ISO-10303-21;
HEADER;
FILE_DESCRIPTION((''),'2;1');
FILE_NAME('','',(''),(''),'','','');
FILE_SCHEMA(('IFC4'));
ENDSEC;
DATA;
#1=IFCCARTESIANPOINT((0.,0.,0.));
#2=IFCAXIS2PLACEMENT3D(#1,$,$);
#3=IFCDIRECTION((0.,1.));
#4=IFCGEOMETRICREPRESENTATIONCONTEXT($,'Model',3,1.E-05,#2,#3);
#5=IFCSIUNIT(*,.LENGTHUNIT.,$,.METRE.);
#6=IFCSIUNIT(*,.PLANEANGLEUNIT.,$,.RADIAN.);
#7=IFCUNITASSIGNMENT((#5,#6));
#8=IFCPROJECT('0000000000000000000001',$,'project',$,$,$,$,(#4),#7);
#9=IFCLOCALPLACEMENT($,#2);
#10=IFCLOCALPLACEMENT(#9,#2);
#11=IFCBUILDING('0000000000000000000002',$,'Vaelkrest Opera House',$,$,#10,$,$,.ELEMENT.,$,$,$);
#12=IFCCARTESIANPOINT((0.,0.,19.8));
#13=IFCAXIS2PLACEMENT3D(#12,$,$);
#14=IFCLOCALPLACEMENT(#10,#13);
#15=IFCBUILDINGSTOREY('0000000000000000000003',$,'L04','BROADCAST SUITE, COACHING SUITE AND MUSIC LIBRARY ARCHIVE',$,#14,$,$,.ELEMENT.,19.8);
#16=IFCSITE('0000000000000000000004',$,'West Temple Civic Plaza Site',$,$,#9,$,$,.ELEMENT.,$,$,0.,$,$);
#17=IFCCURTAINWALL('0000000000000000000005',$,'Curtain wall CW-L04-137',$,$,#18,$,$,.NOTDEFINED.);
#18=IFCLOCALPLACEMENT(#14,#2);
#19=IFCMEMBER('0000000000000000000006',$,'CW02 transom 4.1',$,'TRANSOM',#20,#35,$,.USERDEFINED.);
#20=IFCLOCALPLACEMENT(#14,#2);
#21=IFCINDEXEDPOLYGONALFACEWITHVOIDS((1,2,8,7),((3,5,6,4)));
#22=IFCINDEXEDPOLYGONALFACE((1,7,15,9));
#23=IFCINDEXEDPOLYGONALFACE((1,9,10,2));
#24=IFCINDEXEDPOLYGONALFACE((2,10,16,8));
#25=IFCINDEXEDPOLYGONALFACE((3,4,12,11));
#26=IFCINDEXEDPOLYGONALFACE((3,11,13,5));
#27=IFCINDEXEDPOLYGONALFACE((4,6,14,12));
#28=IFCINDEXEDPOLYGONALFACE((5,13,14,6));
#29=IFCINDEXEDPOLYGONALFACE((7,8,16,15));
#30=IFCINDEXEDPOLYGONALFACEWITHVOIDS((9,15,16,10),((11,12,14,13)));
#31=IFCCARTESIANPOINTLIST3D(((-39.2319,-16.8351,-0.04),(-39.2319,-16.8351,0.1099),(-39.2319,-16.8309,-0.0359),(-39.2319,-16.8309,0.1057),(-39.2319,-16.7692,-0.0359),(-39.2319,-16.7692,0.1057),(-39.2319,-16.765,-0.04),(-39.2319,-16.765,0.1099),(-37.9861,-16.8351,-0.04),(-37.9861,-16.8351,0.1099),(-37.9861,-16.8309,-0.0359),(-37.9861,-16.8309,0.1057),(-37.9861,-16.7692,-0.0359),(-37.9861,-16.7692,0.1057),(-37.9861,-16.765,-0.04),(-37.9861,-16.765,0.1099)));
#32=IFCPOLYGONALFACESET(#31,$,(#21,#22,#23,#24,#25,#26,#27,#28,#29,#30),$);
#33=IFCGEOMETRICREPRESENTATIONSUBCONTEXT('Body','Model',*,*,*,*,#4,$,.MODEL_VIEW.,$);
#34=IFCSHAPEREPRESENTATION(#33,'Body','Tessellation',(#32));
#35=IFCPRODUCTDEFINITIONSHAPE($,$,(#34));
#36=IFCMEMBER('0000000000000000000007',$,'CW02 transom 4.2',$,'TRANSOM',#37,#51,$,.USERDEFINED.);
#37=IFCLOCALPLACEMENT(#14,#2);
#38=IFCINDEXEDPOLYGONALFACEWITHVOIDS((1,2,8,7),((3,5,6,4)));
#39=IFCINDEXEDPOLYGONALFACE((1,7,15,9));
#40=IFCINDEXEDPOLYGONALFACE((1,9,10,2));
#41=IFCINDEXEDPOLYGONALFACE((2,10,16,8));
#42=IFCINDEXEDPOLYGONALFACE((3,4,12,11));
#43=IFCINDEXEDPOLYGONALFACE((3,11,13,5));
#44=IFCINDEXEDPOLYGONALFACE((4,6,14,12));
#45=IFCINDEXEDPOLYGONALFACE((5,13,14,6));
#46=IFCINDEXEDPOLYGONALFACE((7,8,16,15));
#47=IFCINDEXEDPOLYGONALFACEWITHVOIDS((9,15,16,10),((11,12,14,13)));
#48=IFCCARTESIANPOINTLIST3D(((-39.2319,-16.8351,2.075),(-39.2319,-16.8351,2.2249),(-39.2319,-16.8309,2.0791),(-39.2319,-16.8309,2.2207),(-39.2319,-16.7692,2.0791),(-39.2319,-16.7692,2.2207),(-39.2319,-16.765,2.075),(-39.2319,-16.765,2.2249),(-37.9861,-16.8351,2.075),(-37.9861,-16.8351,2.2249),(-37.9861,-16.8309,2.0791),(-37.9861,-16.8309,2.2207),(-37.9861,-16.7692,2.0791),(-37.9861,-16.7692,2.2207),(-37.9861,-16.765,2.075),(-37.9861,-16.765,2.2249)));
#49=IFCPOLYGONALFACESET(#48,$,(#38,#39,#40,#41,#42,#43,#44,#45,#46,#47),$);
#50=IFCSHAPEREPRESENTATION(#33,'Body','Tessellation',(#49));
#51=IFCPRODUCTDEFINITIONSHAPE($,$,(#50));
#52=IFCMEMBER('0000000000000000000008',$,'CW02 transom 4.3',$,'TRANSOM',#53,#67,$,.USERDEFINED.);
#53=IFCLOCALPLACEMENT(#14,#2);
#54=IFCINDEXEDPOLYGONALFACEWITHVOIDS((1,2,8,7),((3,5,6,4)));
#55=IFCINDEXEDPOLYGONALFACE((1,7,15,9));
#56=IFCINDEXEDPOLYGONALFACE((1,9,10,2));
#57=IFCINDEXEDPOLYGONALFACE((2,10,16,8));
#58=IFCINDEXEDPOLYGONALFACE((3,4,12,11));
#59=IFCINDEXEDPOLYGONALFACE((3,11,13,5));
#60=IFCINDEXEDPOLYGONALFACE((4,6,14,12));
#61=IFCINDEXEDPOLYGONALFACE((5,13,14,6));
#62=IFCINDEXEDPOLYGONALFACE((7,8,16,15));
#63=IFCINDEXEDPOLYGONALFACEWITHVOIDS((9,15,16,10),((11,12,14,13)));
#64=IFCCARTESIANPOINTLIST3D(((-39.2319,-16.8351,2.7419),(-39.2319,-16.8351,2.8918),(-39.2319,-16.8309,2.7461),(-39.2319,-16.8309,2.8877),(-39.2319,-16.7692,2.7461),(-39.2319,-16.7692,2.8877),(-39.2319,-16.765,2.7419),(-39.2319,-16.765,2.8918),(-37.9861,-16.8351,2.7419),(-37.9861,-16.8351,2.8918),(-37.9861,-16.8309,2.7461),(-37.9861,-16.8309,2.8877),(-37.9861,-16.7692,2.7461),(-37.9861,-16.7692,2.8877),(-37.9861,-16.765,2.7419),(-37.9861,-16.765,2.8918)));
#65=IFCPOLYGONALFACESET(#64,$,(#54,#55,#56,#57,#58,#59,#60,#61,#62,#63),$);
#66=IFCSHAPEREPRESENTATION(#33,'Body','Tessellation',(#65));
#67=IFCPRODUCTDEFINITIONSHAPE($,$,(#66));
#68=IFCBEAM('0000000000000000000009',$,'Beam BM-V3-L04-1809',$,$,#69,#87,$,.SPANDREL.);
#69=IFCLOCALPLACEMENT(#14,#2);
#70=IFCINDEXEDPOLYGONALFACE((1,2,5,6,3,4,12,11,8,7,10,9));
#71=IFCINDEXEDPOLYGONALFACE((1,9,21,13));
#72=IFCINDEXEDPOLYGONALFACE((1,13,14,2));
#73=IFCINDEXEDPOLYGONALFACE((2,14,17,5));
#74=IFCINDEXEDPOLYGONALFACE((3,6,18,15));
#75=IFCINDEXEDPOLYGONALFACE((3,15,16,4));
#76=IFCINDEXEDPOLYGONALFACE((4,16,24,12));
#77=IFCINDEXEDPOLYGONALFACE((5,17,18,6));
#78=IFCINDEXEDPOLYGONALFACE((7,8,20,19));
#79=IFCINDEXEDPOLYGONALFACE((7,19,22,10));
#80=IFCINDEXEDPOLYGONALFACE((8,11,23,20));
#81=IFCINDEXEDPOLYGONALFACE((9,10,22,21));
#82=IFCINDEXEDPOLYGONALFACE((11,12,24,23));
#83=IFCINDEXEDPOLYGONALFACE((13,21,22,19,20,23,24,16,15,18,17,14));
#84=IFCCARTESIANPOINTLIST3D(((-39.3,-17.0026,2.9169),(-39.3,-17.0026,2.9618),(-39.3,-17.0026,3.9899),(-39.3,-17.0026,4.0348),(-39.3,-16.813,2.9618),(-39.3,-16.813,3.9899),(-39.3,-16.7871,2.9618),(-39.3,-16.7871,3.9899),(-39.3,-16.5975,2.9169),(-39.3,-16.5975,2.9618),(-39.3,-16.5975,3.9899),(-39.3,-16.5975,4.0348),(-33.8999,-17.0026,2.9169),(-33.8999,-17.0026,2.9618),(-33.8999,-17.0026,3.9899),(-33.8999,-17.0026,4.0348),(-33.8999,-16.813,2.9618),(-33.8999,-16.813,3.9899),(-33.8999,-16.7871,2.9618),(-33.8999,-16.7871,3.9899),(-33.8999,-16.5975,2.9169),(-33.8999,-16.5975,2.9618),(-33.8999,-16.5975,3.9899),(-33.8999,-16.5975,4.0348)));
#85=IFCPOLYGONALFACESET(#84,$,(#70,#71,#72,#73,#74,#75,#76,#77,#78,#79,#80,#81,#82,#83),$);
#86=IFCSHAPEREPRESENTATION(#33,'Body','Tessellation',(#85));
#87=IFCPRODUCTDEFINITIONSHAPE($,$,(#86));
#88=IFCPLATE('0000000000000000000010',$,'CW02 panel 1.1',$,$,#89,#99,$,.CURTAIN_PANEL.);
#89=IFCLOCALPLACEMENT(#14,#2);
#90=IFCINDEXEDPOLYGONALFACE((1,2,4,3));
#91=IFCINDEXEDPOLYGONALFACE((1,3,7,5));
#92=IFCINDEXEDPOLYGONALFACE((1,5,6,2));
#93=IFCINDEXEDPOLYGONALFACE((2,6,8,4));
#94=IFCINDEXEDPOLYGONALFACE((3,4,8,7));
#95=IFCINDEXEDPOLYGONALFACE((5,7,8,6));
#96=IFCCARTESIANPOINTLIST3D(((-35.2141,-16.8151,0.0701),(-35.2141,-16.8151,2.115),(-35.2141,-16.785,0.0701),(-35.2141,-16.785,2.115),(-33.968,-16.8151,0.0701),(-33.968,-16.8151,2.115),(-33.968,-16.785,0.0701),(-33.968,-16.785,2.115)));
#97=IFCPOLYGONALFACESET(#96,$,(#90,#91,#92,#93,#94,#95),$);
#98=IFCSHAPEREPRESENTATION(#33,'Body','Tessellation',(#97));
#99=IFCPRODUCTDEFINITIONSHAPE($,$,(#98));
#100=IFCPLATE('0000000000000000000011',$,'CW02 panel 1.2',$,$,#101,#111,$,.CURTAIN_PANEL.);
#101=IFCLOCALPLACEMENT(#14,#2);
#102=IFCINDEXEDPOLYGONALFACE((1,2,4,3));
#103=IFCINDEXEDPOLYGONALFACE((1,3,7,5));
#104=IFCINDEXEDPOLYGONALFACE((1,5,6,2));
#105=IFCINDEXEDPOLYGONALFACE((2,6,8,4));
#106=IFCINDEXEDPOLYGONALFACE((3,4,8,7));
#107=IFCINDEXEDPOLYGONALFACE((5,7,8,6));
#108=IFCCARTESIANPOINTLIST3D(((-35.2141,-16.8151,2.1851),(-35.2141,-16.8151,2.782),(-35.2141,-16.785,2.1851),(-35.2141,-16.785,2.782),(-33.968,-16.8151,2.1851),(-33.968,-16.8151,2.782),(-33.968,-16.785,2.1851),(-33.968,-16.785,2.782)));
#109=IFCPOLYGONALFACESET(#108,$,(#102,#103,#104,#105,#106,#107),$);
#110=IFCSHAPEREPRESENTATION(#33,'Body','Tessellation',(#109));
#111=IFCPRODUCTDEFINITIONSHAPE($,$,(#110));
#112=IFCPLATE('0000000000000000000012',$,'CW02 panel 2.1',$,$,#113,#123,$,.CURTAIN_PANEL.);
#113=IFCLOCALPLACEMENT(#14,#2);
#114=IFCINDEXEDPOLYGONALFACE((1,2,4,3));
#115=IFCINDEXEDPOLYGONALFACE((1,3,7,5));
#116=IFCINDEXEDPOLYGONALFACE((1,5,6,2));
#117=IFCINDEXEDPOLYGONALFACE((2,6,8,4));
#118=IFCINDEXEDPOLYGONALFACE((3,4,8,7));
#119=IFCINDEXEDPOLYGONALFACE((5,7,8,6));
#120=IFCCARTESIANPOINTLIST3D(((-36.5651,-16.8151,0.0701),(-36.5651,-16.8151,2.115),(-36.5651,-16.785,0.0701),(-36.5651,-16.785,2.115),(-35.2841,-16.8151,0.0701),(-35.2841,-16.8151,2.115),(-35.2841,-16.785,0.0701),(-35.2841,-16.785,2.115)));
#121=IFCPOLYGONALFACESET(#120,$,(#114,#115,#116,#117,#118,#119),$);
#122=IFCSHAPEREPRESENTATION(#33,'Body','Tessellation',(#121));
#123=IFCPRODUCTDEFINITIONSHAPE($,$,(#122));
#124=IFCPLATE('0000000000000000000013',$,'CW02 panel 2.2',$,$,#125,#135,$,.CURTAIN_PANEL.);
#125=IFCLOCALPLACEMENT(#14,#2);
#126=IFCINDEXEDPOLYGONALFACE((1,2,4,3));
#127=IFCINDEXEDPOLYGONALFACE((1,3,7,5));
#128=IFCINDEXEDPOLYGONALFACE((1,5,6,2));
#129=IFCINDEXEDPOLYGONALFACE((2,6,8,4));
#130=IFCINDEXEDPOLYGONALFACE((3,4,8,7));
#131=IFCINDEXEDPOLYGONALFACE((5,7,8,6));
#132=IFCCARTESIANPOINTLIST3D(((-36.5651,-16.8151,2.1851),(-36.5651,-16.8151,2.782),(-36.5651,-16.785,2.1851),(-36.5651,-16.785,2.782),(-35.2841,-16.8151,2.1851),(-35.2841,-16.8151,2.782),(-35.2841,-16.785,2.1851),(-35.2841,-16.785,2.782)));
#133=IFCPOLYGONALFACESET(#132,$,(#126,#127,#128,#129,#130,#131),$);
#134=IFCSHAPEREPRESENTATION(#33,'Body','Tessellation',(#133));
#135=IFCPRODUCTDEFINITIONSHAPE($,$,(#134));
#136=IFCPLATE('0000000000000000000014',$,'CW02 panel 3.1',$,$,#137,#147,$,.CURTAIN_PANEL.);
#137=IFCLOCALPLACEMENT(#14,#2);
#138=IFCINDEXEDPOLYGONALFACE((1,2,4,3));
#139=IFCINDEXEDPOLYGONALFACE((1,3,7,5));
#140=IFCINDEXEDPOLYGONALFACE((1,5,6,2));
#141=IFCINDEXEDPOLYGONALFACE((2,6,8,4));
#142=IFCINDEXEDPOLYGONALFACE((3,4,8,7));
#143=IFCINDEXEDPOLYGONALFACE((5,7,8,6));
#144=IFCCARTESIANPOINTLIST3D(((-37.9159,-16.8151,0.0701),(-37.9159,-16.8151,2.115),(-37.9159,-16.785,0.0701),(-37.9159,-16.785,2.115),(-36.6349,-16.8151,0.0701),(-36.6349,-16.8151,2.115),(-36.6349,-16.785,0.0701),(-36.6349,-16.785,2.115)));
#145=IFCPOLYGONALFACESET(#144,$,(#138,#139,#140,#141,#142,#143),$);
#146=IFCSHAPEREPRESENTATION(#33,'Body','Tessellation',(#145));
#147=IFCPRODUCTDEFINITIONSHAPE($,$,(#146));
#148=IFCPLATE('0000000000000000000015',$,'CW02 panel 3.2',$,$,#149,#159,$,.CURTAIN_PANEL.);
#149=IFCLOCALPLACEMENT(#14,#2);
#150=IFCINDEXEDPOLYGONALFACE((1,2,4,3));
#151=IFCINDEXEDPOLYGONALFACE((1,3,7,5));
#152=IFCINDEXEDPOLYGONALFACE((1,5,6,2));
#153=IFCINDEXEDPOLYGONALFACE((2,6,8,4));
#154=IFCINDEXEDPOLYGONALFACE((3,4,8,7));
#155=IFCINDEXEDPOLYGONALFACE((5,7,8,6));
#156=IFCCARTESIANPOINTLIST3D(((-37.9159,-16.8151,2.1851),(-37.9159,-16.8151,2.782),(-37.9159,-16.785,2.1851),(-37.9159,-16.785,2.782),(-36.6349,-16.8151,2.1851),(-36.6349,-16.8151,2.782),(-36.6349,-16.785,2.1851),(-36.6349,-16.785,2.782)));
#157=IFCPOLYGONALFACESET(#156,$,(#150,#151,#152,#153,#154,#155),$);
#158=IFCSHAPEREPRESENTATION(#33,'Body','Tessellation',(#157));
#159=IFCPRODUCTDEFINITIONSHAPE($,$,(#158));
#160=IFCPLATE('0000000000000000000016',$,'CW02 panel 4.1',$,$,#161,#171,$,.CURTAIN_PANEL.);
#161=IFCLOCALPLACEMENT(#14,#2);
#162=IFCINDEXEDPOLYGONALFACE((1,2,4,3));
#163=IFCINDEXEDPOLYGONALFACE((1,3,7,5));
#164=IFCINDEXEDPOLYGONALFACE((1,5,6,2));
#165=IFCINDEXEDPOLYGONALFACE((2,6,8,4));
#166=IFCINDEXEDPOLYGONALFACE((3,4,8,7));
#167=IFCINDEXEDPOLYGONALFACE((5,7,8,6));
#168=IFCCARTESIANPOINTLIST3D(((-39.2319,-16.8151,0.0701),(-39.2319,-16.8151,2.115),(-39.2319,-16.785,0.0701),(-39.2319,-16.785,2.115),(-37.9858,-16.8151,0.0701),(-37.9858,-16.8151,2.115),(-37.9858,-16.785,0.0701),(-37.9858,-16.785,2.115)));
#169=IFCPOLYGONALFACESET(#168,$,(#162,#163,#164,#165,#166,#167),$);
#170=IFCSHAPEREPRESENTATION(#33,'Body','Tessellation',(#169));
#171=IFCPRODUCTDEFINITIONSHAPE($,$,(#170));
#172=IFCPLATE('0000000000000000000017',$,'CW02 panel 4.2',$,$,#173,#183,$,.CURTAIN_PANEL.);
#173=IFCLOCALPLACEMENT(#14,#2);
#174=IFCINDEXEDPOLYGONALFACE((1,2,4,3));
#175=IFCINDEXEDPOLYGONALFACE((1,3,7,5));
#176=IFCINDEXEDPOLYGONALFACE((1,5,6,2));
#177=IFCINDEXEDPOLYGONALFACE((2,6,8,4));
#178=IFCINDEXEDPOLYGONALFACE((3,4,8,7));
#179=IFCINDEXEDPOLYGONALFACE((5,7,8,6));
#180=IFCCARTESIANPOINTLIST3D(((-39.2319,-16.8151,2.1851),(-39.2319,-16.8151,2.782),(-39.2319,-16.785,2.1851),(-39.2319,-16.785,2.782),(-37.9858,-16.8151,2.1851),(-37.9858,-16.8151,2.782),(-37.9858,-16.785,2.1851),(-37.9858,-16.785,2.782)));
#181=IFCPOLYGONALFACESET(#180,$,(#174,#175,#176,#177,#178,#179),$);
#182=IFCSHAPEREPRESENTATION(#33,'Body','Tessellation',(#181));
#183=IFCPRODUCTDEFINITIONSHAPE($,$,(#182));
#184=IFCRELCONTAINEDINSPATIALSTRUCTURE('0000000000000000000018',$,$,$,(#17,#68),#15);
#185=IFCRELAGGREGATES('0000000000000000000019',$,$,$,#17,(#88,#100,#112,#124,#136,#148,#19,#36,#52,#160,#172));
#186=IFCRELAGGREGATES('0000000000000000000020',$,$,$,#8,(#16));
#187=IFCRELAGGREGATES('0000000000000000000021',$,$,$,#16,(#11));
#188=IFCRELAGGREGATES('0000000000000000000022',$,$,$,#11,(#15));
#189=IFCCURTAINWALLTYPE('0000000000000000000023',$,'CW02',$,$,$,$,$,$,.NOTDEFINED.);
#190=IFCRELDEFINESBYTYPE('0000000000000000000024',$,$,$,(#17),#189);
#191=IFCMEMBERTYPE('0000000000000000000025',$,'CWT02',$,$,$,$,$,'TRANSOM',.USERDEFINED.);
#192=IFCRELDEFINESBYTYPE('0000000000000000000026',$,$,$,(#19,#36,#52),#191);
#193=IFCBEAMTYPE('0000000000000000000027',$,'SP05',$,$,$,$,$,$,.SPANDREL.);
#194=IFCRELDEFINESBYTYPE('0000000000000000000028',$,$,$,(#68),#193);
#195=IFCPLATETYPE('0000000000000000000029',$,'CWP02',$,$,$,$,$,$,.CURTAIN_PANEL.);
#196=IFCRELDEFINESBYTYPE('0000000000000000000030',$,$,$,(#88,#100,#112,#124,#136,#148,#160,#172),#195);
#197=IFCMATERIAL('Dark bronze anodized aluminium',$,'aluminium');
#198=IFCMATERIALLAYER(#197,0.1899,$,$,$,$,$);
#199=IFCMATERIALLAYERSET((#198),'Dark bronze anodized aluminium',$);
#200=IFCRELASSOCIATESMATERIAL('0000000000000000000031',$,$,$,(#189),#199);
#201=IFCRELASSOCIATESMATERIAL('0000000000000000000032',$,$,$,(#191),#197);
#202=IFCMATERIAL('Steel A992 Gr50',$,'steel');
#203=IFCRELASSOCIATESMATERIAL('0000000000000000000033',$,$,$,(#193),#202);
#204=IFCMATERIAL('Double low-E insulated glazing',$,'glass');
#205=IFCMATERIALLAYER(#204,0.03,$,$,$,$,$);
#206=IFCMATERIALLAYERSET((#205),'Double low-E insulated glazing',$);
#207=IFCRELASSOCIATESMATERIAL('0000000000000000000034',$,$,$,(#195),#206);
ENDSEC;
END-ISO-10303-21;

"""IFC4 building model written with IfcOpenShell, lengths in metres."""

from ifc_helpers import new_model, si_unit, direction, frame, origin, origin_2d, place, context, subcontext, project, spatial, rectangle, hollow_rectangle, i_section, extrude, material, layer, layer_set, material_profile, profile_set, type_object, element, aggregate, save


model = new_model("IFC4")

# Units and contexts
model_context = context("Model", 3, precision=1e-05, world=origin(), true_north=direction((0.0, 1.0)))
body_context = subcontext(model_context, "Body", "Model", "MODEL_VIEW")
ifc_project = project(units=[si_unit("LENGTHUNIT", "METRE"), si_unit("PLANEANGLEUNIT", "RADIAN")], contexts=[model_context])

# Site, building, storey
site_placement = place(None, origin())
site = spatial("IfcSite", under=ifc_project, at=site_placement, Name="West Temple Civic Plaza Site", CompositionType="ELEMENT", RefElevation=0.0)
building_placement = place(site_placement, origin())
building = spatial("IfcBuilding", under=site, at=building_placement, Name="Vaelkrest Opera House", CompositionType="ELEMENT")
storey_placement = place(building_placement, frame((0.0, 0.0, 19.8)))
storey = spatial("IfcBuildingStorey", under=building, at=storey_placement, Name="L04", Description="BROADCAST SUITE, COACHING SUITE AND MUSIC LIBRARY ARCHIVE", CompositionType="ELEMENT", Elevation=19.8)

# Curtain wall
ifc_material_1 = material(Name="Dark bronze anodized aluminium", Category="aluminium")
ifc_layer_1 = layer(ifc_material_1, 0.1899)
ifc_layer_set_1 = layer_set([ifc_layer_1], Name="Dark bronze anodized aluminium")
curtain_wall_type_1 = type_object("IfcCurtainWallType", Name="CW02", PredefinedType="NOTDEFINED", material=ifc_layer_set_1)
curtain_wall_1_placement = place(storey_placement, origin())
curtain_wall_1 = element("IfcCurtainWall", 1, at=curtain_wall_1_placement, inside=storey, type_object=curtain_wall_type_1, Name="Curtain wall CW-L04-137", PredefinedType="NOTDEFINED")

# Members
ifc_material_profile_1 = material_profile(ifc_material_1, hollow_rectangle(XDim=0.0701, YDim=0.1499, WallThickness=0.0042, at=origin_2d()), Name="CWT70X150")
ifc_profile_set_1 = profile_set([ifc_material_profile_1], Name="Dark bronze anodized aluminium")
member_type_1 = type_object("IfcMemberType", Name="CWT02", ElementType="TRANSOM", PredefinedType="USERDEFINED", material=ifc_profile_set_1)
member_1_placement = place(storey_placement, frame((-37.9861, -16.8, 0.0349), z_axis=(-1.0, 0.0, 0.0), x_axis=(0.0, -1.0, 0.0)))
member_1 = element("IfcMember", 2, at=member_1_placement, type_object=member_type_1, Name="CW02 transom 4.1", ObjectType="TRANSOM", PredefinedType="USERDEFINED", context=body_context, shape_type="SweptSolid", body=[
    extrude(hollow_rectangle(XDim=0.0701, YDim=0.1499, WallThickness=0.0042, at=origin_2d()), origin(), (0.0, 0.0, 1.0), 1.2458),
])
member_2_placement = place(storey_placement, frame((-37.9861, -16.8, 2.1499), z_axis=(-1.0, 0.0, 0.0), x_axis=(0.0, -1.0, 0.0)))
member_2 = element("IfcMember", 3, at=member_2_placement, type_object=member_type_1, Name="CW02 transom 4.2", ObjectType="TRANSOM", PredefinedType="USERDEFINED", context=body_context, shape_type="SweptSolid", body=[
    extrude(hollow_rectangle(XDim=0.0701, YDim=0.1499, WallThickness=0.0042, at=origin_2d()), origin(), (0.0, 0.0, 1.0), 1.2458),
])
member_3_placement = place(storey_placement, frame((-37.9861, -16.8, 2.8169), z_axis=(-1.0, 0.0, 0.0), x_axis=(0.0, -1.0, 0.0)))
member_3 = element("IfcMember", 4, at=member_3_placement, type_object=member_type_1, Name="CW02 transom 4.3", ObjectType="TRANSOM", PredefinedType="USERDEFINED", context=body_context, shape_type="SweptSolid", body=[
    extrude(hollow_rectangle(XDim=0.0701, YDim=0.1499, WallThickness=0.0042, at=origin_2d()), origin(), (0.0, 0.0, 1.0), 1.2458),
])

# Beam
ifc_material_2 = material(Name="Steel A992 Gr50", Category="steel")
ifc_material_profile_2 = material_profile(ifc_material_2, i_section(OverallWidth=0.405, OverallDepth=1.1179, WebThickness=0.0259, FlangeThickness=0.0449, at=origin_2d()), Name="W44X335")
ifc_profile_set_2 = profile_set([ifc_material_profile_2], Name="Steel A992 Gr50")
beam_type = type_object("IfcBeamType", Name="SP05", PredefinedType="SPANDREL", material=ifc_profile_set_2)
beam_placement = place(storey_placement, frame((-39.3, -16.8, 3.4758), z_axis=(1.0, 0.0, 0.0), x_axis=(0.0, 1.0, 0.0)))
element("IfcBeam", 5, at=beam_placement, inside=storey, type_object=beam_type, Name="Beam BM-V3-L04-1809", PredefinedType="SPANDREL", context=body_context, shape_type="SweptSolid", body=[
    extrude(i_section(OverallWidth=0.405, OverallDepth=1.1179, WebThickness=0.0259, FlangeThickness=0.0449, at=origin_2d()), origin(), (0.0, 0.0, 1.0), 5.4001),
])

# Plates
ifc_material_3 = material(Name="Double low-E insulated glazing", Category="glass")
ifc_layer_2 = layer(ifc_material_3, 0.03)
ifc_layer_set_2 = layer_set([ifc_layer_2], Name="Double low-E insulated glazing")
plate_type_1 = type_object("IfcPlateType", Name="CWP02", PredefinedType="CURTAIN_PANEL", material=ifc_layer_set_2)
plate_1_placement = place(storey_placement, frame((-34.5911, -16.8, 0.0701), z_axis=(0.0, 0.0, 1.0), x_axis=(-1.0, 0.0, 0.0)))
plate_1 = element("IfcPlate", 6, at=plate_1_placement, type_object=plate_type_1, Name="CW02 panel 1.1", PredefinedType="CURTAIN_PANEL", context=body_context, shape_type="SweptSolid", body=[
    extrude(rectangle(XDim=1.2461, YDim=0.03, at=origin_2d()), origin(), (0.0, 0.0, 1.0), 2.0449),
])
plate_2_placement = place(storey_placement, frame((-34.5911, -16.8, 2.1851), z_axis=(0.0, 0.0, 1.0), x_axis=(-1.0, 0.0, 0.0)))
plate_2 = element("IfcPlate", 7, at=plate_2_placement, type_object=plate_type_1, Name="CW02 panel 1.2", PredefinedType="CURTAIN_PANEL", context=body_context, shape_type="SweptSolid", body=[
    extrude(rectangle(XDim=1.2461, YDim=0.03, at=origin_2d()), origin(), (0.0, 0.0, 1.0), 0.5969),
])
plate_3_placement = place(storey_placement, frame((-35.9246, -16.8, 0.0701), z_axis=(0.0, 0.0, 1.0), x_axis=(-1.0, 0.0, 0.0)))
plate_3 = element("IfcPlate", 8, at=plate_3_placement, type_object=plate_type_1, Name="CW02 panel 2.1", PredefinedType="CURTAIN_PANEL", context=body_context, shape_type="SweptSolid", body=[
    extrude(rectangle(XDim=1.281, YDim=0.03, at=origin_2d()), origin(), (0.0, 0.0, 1.0), 2.0449),
])
plate_4_placement = place(storey_placement, frame((-35.9246, -16.8, 2.1851), z_axis=(0.0, 0.0, 1.0), x_axis=(-1.0, 0.0, 0.0)))
plate_4 = element("IfcPlate", 9, at=plate_4_placement, type_object=plate_type_1, Name="CW02 panel 2.2", PredefinedType="CURTAIN_PANEL", context=body_context, shape_type="SweptSolid", body=[
    extrude(rectangle(XDim=1.281, YDim=0.03, at=origin_2d()), origin(), (0.0, 0.0, 1.0), 0.5969),
])
plate_5_placement = place(storey_placement, frame((-37.2754, -16.8, 0.0701), z_axis=(0.0, 0.0, 1.0), x_axis=(-1.0, 0.0, 0.0)))
plate_5 = element("IfcPlate", 10, at=plate_5_placement, type_object=plate_type_1, Name="CW02 panel 3.1", PredefinedType="CURTAIN_PANEL", context=body_context, shape_type="SweptSolid", body=[
    extrude(rectangle(XDim=1.281, YDim=0.03, at=origin_2d()), origin(), (0.0, 0.0, 1.0), 2.0449),
])
plate_6_placement = place(storey_placement, frame((-37.2754, -16.8, 2.1851), z_axis=(0.0, 0.0, 1.0), x_axis=(-1.0, 0.0, 0.0)))
plate_6 = element("IfcPlate", 11, at=plate_6_placement, type_object=plate_type_1, Name="CW02 panel 3.2", PredefinedType="CURTAIN_PANEL", context=body_context, shape_type="SweptSolid", body=[
    extrude(rectangle(XDim=1.281, YDim=0.03, at=origin_2d()), origin(), (0.0, 0.0, 1.0), 0.5969),
])
plate_7_placement = place(storey_placement, frame((-38.6089, -16.8, 0.0701), z_axis=(0.0, 0.0, 1.0), x_axis=(-1.0, 0.0, 0.0)))
plate_7 = element("IfcPlate", 12, at=plate_7_placement, type_object=plate_type_1, Name="CW02 panel 4.1", PredefinedType="CURTAIN_PANEL", context=body_context, shape_type="SweptSolid", body=[
    extrude(rectangle(XDim=1.2461, YDim=0.03, at=origin_2d()), origin(), (0.0, 0.0, 1.0), 2.0449),
])
plate_8_placement = place(storey_placement, frame((-38.6089, -16.8, 2.1851), z_axis=(0.0, 0.0, 1.0), x_axis=(-1.0, 0.0, 0.0)))
plate_8 = element("IfcPlate", 13, at=plate_8_placement, type_object=plate_type_1, Name="CW02 panel 4.2", PredefinedType="CURTAIN_PANEL", context=body_context, shape_type="SweptSolid", body=[
    extrude(rectangle(XDim=1.2461, YDim=0.03, at=origin_2d()), origin(), (0.0, 0.0, 1.0), 0.5969),
])
aggregate(curtain_wall_1, [plate_1, plate_2, plate_3, plate_4, plate_5, plate_6, member_1, member_2, member_3, plate_7, plate_8])

save(model, "model.ifc")
